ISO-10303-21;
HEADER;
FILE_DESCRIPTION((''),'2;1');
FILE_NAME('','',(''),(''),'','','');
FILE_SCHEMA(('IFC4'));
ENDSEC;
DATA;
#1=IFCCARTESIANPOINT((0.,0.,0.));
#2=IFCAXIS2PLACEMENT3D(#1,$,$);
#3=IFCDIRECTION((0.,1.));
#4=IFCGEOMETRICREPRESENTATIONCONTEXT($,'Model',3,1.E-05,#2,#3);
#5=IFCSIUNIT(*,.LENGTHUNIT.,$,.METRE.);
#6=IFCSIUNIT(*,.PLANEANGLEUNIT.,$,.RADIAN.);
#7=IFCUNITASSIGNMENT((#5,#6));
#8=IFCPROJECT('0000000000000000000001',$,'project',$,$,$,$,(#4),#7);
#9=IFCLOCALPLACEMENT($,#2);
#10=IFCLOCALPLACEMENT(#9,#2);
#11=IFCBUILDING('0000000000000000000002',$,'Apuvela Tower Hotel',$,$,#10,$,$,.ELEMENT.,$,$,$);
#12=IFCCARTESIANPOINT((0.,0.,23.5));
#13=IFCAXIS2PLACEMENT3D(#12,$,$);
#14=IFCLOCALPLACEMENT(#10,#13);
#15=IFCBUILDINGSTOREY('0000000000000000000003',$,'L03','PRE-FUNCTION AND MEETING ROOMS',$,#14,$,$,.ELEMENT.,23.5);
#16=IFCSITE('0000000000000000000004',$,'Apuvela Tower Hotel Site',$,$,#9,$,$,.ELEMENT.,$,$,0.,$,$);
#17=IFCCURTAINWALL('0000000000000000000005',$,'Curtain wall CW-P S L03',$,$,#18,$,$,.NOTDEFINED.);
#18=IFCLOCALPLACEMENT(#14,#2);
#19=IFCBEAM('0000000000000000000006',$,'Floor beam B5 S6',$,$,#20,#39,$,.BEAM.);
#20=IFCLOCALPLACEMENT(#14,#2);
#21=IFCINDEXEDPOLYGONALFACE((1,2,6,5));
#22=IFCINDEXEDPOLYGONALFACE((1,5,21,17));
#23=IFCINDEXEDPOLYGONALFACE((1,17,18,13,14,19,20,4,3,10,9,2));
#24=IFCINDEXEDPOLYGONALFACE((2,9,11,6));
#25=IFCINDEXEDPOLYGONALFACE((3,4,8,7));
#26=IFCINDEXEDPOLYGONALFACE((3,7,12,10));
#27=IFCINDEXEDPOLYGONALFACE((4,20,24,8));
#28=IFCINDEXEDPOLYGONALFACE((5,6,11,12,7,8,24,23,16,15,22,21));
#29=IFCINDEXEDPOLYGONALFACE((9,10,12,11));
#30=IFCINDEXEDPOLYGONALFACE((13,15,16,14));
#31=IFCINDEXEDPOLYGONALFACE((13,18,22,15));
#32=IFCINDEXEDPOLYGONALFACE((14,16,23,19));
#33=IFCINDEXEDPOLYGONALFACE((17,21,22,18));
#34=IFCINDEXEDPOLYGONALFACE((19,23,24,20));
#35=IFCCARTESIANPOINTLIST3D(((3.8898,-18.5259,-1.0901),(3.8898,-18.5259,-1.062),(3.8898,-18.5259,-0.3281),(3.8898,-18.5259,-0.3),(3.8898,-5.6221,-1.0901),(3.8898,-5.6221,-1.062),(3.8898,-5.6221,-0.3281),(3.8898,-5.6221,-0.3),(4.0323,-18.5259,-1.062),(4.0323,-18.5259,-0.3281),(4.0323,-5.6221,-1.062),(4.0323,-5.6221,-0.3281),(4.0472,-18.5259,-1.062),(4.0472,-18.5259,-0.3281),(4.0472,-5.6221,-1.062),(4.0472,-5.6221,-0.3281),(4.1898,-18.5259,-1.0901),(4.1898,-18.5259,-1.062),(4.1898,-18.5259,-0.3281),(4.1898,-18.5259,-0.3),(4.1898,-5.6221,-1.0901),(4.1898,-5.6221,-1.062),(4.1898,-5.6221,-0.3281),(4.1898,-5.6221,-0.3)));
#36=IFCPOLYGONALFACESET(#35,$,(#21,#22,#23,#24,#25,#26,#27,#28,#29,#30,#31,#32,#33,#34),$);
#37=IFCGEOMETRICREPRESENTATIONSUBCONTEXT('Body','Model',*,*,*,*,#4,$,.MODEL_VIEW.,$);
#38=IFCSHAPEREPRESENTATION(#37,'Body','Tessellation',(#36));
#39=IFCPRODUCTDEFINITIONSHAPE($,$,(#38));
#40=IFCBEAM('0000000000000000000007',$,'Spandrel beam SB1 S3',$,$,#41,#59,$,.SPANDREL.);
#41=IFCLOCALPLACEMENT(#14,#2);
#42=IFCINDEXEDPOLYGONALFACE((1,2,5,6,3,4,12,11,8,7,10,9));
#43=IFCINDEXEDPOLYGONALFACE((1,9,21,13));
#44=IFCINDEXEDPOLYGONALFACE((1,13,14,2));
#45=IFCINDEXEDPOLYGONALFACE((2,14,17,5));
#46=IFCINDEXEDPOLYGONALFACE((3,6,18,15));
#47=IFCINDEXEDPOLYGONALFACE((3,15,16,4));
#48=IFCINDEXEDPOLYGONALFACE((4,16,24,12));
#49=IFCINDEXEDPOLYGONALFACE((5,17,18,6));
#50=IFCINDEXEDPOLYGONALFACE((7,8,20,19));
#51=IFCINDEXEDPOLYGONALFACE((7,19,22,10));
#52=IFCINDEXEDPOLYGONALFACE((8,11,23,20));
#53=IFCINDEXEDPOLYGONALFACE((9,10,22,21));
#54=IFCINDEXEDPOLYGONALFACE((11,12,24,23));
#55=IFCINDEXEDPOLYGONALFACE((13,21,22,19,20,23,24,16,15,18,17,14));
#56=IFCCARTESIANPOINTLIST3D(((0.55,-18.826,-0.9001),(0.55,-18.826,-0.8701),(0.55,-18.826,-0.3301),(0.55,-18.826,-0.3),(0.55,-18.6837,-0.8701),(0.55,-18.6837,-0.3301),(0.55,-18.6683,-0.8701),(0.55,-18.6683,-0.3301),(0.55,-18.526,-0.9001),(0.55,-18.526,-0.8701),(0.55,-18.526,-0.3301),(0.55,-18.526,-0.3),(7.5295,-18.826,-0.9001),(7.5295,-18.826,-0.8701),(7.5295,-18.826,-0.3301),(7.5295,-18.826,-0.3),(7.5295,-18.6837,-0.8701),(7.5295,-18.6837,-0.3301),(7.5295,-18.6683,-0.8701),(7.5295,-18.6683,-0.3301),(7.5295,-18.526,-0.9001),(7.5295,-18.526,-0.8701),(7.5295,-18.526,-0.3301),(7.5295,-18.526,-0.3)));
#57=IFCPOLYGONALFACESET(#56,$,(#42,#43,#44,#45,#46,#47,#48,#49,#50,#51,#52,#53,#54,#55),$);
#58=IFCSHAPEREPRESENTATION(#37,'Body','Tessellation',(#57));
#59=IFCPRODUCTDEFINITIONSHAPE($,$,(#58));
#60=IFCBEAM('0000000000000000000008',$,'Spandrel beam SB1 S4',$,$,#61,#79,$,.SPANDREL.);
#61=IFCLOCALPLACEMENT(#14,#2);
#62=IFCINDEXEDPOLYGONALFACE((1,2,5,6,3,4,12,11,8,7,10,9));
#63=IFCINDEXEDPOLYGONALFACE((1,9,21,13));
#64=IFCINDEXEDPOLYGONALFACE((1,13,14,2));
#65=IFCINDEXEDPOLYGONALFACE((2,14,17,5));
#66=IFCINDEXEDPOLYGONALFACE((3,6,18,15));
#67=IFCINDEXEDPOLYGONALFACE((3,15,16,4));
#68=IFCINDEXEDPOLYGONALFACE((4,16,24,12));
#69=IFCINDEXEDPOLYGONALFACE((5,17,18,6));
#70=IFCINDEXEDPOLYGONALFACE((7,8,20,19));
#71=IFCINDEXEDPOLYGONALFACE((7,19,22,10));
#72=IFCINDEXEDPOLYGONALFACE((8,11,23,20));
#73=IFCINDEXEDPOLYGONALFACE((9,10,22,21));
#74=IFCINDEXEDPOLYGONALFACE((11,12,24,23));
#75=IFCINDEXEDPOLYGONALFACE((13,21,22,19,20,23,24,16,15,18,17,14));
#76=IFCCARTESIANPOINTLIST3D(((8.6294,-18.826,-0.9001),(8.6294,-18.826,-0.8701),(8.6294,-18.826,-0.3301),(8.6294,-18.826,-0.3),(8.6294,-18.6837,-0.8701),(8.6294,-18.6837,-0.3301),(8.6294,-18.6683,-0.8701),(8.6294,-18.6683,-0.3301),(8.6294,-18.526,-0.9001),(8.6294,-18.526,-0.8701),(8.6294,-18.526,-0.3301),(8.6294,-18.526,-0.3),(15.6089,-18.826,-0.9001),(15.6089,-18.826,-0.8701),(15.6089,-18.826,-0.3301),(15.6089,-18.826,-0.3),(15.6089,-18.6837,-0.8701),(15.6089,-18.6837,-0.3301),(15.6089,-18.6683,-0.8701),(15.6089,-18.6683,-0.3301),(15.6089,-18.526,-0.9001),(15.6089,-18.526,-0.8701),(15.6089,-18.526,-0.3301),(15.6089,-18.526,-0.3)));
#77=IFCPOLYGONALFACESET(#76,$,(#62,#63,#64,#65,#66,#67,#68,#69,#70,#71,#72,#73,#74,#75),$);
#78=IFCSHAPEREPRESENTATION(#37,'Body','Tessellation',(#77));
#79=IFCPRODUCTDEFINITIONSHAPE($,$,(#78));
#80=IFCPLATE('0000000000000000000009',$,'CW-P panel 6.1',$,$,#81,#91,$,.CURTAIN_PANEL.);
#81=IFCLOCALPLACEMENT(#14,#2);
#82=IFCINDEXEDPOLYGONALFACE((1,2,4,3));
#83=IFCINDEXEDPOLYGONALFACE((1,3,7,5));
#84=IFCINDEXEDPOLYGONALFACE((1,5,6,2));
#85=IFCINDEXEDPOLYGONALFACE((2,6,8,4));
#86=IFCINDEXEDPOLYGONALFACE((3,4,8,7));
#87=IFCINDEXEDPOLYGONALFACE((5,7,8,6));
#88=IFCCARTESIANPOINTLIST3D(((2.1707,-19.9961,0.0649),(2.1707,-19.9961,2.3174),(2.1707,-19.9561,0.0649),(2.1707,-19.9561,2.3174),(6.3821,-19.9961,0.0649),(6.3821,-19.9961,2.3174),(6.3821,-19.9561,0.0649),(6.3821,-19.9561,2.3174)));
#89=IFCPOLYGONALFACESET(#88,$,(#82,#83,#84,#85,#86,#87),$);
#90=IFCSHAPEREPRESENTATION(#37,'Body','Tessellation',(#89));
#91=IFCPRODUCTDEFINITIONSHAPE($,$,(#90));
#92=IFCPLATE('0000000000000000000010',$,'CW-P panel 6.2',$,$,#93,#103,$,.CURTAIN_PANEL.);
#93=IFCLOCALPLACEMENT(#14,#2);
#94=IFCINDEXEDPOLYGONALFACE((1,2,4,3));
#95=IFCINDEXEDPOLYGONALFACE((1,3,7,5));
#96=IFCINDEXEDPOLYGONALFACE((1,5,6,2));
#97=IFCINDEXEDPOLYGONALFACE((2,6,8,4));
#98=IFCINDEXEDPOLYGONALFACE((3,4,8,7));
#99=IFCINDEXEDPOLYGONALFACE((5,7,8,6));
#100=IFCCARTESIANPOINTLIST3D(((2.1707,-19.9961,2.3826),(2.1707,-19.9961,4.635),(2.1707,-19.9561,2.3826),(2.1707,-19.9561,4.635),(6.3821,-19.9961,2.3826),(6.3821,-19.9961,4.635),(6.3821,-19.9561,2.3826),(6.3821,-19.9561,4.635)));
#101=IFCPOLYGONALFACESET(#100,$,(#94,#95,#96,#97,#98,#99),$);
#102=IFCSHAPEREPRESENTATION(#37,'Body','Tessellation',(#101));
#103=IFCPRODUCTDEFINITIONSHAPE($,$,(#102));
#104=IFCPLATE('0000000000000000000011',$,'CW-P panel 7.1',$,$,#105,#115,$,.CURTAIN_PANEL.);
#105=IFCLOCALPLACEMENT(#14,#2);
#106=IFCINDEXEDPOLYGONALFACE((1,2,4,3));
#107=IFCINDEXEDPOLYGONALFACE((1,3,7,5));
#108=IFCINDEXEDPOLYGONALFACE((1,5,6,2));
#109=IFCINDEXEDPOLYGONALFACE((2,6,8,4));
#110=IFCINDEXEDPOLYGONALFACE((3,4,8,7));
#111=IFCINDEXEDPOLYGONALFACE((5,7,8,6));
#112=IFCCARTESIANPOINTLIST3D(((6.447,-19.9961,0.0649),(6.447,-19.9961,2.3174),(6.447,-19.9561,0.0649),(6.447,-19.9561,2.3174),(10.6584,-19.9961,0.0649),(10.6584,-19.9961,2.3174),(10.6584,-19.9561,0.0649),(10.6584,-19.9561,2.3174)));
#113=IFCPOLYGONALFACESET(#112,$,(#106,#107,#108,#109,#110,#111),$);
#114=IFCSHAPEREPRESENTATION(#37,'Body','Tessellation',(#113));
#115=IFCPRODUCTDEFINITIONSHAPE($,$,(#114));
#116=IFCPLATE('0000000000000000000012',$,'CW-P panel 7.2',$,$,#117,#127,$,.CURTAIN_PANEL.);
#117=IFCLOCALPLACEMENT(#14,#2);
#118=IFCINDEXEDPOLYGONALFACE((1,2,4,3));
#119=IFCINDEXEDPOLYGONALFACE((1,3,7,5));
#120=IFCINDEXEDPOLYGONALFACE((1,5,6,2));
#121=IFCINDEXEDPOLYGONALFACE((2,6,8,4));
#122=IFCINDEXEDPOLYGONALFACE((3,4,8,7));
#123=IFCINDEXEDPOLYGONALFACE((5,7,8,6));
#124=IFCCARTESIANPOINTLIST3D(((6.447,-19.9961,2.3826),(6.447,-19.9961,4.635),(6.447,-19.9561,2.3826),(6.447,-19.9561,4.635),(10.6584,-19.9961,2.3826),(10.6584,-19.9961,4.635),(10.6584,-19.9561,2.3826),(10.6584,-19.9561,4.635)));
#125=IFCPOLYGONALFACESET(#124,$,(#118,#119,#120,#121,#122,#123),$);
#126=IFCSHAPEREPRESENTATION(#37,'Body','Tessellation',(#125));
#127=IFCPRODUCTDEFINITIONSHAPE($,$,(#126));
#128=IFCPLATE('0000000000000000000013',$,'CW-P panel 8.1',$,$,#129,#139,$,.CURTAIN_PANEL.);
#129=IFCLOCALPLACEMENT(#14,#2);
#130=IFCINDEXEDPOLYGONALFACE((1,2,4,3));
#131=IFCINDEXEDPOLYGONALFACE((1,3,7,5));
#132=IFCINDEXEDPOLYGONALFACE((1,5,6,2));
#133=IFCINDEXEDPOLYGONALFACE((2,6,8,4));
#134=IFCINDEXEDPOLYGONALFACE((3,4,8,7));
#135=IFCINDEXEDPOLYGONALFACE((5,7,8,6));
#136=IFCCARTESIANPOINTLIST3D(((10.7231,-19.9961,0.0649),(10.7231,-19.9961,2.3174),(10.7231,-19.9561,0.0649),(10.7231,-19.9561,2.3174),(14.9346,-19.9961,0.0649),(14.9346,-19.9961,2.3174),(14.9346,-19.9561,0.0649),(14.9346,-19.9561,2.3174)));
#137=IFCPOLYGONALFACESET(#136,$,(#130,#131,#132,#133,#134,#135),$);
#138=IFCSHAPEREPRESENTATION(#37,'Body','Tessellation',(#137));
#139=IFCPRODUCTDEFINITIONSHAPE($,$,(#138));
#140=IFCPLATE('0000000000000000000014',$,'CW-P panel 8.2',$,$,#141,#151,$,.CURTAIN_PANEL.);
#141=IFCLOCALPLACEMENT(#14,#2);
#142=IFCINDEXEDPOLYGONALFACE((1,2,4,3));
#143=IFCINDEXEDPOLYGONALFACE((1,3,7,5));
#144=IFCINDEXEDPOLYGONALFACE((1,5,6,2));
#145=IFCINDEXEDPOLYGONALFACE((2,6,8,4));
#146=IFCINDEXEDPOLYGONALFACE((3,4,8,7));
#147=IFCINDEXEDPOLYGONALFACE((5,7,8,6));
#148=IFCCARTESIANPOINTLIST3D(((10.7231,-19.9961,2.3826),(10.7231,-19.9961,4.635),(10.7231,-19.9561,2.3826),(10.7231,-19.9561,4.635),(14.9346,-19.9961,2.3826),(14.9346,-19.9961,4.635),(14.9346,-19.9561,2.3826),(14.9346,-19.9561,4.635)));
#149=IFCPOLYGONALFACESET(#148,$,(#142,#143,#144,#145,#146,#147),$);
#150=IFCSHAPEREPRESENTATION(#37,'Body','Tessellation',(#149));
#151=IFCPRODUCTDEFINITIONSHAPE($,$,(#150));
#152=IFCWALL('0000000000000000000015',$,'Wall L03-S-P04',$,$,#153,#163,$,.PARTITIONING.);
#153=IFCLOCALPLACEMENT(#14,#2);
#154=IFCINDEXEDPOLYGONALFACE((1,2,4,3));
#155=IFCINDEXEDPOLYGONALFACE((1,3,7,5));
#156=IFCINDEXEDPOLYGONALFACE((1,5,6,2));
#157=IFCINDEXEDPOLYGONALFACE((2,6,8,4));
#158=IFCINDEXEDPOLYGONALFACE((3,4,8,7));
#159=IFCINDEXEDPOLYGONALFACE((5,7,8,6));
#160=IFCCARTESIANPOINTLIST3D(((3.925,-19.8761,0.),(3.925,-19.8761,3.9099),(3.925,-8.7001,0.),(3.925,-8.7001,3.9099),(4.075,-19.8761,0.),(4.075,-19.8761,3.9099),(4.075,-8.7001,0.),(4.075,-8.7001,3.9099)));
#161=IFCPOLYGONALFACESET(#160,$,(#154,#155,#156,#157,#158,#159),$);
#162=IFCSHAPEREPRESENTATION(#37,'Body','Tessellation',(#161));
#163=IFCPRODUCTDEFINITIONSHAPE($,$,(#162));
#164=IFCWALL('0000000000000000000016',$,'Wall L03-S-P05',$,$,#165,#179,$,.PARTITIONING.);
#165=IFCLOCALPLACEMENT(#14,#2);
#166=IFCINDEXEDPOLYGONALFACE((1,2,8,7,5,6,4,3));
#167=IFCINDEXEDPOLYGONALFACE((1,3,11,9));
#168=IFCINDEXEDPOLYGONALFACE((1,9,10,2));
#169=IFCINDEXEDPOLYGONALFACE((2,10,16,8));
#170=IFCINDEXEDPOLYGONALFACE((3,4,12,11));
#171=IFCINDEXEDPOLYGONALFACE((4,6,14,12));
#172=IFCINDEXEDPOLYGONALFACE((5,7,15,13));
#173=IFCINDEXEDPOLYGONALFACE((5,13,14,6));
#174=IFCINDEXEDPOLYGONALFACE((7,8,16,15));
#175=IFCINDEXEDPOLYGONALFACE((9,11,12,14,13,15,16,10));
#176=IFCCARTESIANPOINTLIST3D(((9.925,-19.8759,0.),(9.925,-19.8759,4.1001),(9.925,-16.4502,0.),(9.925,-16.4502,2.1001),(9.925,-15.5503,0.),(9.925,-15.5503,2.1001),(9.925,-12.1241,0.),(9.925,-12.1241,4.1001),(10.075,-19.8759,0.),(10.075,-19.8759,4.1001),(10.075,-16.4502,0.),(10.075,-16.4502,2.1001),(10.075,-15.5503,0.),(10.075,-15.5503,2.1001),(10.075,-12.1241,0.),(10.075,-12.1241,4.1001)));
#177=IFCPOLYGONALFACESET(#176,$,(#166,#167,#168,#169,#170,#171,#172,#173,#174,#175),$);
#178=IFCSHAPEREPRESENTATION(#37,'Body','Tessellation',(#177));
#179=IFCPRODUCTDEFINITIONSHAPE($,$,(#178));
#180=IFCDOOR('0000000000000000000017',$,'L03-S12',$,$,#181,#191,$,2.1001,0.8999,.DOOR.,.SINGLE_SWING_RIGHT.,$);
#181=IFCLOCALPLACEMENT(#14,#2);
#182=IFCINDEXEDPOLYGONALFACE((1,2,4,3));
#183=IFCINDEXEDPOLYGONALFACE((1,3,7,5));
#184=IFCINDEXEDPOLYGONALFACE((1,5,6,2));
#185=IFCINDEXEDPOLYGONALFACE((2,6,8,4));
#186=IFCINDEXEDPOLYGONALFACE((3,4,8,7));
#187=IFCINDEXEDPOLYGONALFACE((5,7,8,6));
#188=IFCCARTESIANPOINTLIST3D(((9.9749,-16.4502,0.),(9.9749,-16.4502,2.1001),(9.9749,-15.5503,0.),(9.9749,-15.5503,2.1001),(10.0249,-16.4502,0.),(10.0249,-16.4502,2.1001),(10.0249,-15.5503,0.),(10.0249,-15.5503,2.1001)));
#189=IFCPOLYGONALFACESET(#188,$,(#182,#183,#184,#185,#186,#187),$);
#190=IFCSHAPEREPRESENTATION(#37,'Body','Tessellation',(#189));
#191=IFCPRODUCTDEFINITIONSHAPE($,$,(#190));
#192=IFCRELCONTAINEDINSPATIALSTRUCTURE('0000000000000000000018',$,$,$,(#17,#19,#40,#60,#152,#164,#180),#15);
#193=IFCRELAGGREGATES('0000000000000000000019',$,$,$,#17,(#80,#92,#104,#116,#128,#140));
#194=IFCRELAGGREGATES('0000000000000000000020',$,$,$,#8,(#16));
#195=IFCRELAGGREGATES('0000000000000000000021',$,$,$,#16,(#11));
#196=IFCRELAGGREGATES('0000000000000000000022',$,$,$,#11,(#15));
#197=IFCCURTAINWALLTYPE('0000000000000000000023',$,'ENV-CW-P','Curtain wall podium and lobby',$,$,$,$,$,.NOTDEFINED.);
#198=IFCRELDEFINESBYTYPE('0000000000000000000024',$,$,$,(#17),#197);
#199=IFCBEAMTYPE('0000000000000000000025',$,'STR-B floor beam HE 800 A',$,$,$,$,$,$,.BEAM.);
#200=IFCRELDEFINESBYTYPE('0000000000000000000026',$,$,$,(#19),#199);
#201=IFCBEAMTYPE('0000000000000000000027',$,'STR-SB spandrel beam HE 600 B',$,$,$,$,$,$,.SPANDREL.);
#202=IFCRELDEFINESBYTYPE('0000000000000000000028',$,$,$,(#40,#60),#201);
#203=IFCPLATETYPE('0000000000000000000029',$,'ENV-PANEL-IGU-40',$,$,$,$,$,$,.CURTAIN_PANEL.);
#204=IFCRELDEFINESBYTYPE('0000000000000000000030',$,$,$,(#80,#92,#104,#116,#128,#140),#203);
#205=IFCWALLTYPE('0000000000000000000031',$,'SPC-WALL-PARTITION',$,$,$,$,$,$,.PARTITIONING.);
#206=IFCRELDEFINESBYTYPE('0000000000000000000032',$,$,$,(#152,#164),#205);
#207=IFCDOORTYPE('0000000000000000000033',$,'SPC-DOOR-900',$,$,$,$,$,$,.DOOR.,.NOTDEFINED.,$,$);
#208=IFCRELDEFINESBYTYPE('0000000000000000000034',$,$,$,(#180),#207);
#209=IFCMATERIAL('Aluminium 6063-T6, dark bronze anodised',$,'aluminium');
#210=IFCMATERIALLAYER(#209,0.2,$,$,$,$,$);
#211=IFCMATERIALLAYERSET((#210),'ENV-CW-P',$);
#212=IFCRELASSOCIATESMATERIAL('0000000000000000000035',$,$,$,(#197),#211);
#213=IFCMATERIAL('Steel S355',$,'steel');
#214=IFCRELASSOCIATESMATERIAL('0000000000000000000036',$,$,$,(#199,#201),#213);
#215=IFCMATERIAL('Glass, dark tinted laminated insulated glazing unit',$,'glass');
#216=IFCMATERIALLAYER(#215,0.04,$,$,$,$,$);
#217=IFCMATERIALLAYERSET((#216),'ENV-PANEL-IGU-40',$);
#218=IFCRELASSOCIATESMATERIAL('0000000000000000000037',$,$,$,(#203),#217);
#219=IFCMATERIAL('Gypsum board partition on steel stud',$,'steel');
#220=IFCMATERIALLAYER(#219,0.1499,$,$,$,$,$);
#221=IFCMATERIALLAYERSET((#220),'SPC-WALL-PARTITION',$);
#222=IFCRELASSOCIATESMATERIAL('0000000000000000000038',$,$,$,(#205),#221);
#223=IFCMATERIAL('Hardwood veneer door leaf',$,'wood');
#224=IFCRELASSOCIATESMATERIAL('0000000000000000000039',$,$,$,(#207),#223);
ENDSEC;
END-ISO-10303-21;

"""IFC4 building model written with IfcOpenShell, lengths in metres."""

from ifc_helpers import new_model, si_unit, direction, frame, frame_2d, origin, origin_2d, place, context, subcontext, project, spatial, rectangle, i_section, extrude, material, layer, layer_set, material_profile, profile_set, type_object, element, fill, aggregate, save


model = new_model("IFC4")

# Units and contexts
model_context = context("Model", 3, precision=1e-05, world=origin(), true_north=direction((0.0, 1.0)))
body_context = subcontext(model_context, "Body", "Model", "MODEL_VIEW")
ifc_project = project(units=[si_unit("LENGTHUNIT", "METRE"), si_unit("PLANEANGLEUNIT", "RADIAN")], contexts=[model_context])

# Site, building, storey
site_placement = place(None, origin())
site = spatial("IfcSite", under=ifc_project, at=site_placement, Name="Apuvela Tower Hotel Site", CompositionType="ELEMENT", RefElevation=0.0)
building_placement = place(site_placement, origin())
building = spatial("IfcBuilding", under=site, at=building_placement, Name="Apuvela Tower Hotel", CompositionType="ELEMENT")
storey_placement = place(building_placement, frame((0.0, 0.0, 23.5)))
storey = spatial("IfcBuildingStorey", under=building, at=storey_placement, Name="L03", Description="PRE-FUNCTION AND MEETING ROOMS", CompositionType="ELEMENT", Elevation=23.5)

# Curtain wall
ifc_material_1 = material(Name="Aluminium 6063-T6, dark bronze anodised", Category="aluminium")
ifc_layer_1 = layer(ifc_material_1, 0.2)
ifc_layer_set_1 = layer_set([ifc_layer_1], Name="ENV-CW-P")
curtain_wall_type = type_object("IfcCurtainWallType", Name="ENV-CW-P", Description="Curtain wall podium and lobby", PredefinedType="NOTDEFINED", material=ifc_layer_set_1)
curtain_wall_placement = place(storey_placement, origin())
curtain_wall = element("IfcCurtainWall", 1, at=curtain_wall_placement, inside=storey, type_object=curtain_wall_type, Name="Curtain wall CW-P S L03", PredefinedType="NOTDEFINED")

# Beams
ifc_material_2 = material(Name="Steel S355", Category="steel")
ifc_material_profile_1 = material_profile(ifc_material_2, i_section(OverallWidth=0.3, OverallDepth=0.79, WebThickness=0.0149, FlangeThickness=0.0281, at=origin_2d()), Name="HE 800 A")
ifc_profile_set_1 = profile_set([ifc_material_profile_1], Name="Steel S355")
beam_type_1 = type_object("IfcBeamType", Name="STR-B floor beam HE 800 A", PredefinedType="BEAM", material=ifc_profile_set_1)
beam_placement = place(storey_placement, frame((4.0398, -18.5259, -0.6951), z_axis=(0.0, 1.0, 0.0), x_axis=(-1.0, 0.0, 0.0)))
element("IfcBeam", 2, at=beam_placement, inside=storey, type_object=beam_type_1, Name="Floor beam B5 S6", PredefinedType="BEAM", context=body_context, shape_type="SweptSolid", body=[
    extrude(i_section(OverallWidth=0.3, OverallDepth=0.79, WebThickness=0.0149, FlangeThickness=0.0281, at=origin_2d()), origin(), (0.0, 0.0, 1.0), 12.9038),
])
ifc_material_profile_2 = material_profile(ifc_material_2, i_section(OverallWidth=0.3, OverallDepth=0.6001, WebThickness=0.0154, FlangeThickness=0.03, at=origin_2d()), Name="HE 600 B")
ifc_profile_set_2 = profile_set([ifc_material_profile_2], Name="Steel S355")
beam_type_2 = type_object("IfcBeamType", Name="STR-SB spandrel beam HE 600 B", PredefinedType="SPANDREL", material=ifc_profile_set_2)
for number, where, z_axis, x_axis, name in (
    (3, (0.55, -18.676, -0.6001), (1.0, 0.0, 0.0), (0.0, 1.0, 0.0), "Spandrel beam SB1 S3"),
    (4, (8.6294, -18.676, -0.6001), (1.0, 0.0, 0.0), (0.0, 1.0, 0.0), "Spandrel beam SB1 S4"),
):
    element("IfcBeam", number, at=place(storey_placement, frame(where, z_axis=z_axis, x_axis=x_axis)), inside=storey, type_object=beam_type_2, Name=name, PredefinedType="SPANDREL", context=body_context, shape_type="SweptSolid", body=[
        extrude(i_section(OverallWidth=0.3, OverallDepth=0.6001, WebThickness=0.0154, FlangeThickness=0.03, at=origin_2d()), origin(), (0.0, 0.0, 1.0), 6.9795),
    ])

# Plates
ifc_material_3 = material(Name="Glass, dark tinted laminated insulated glazing unit", Category="glass")
ifc_layer_2 = layer(ifc_material_3, 0.04)
ifc_layer_set_2 = layer_set([ifc_layer_2], Name="ENV-PANEL-IGU-40")
plate_type = type_object("IfcPlateType", Name="ENV-PANEL-IGU-40", PredefinedType="CURTAIN_PANEL", material=ifc_layer_set_2)
plate_1_placement = place(storey_placement, frame((4.2764, -19.9761, 0.0649), z_axis=(0.0, 0.0, 1.0), x_axis=(1.0, 0.0, 0.0)))
plate_1 = element("IfcPlate", 5, at=plate_1_placement, type_object=plate_type, Name="CW-P panel 6.1", PredefinedType="CURTAIN_PANEL", context=body_context, shape_type="SweptSolid", body=[
    extrude(rectangle(XDim=4.2114, YDim=0.04, at=origin_2d()), origin(), (0.0, 0.0, 1.0), 2.2524),
])
plate_2_placement = place(storey_placement, frame((4.2764, -19.9761, 2.3826), z_axis=(0.0, 0.0, 1.0), x_axis=(1.0, 0.0, 0.0)))
plate_2 = element("IfcPlate", 6, at=plate_2_placement, type_object=plate_type, Name="CW-P panel 6.2", PredefinedType="CURTAIN_PANEL", context=body_context, shape_type="SweptSolid", body=[
    extrude(rectangle(XDim=4.2114, YDim=0.04, at=origin_2d()), origin(), (0.0, 0.0, 1.0), 2.2524),
])
plate_3_placement = place(storey_placement, frame((8.5527, -19.9761, 0.0649), z_axis=(0.0, 0.0, 1.0), x_axis=(1.0, 0.0, 0.0)))
plate_3 = element("IfcPlate", 7, at=plate_3_placement, type_object=plate_type, Name="CW-P panel 7.1", PredefinedType="CURTAIN_PANEL", context=body_context, shape_type="SweptSolid", body=[
    extrude(rectangle(XDim=4.2114, YDim=0.04, at=origin_2d()), origin(), (0.0, 0.0, 1.0), 2.2524),
])
plate_4_placement = place(storey_placement, frame((8.5527, -19.9761, 2.3826), z_axis=(0.0, 0.0, 1.0), x_axis=(1.0, 0.0, 0.0)))
plate_4 = element("IfcPlate", 8, at=plate_4_placement, type_object=plate_type, Name="CW-P panel 7.2", PredefinedType="CURTAIN_PANEL", context=body_context, shape_type="SweptSolid", body=[
    extrude(rectangle(XDim=4.2114, YDim=0.04, at=origin_2d()), origin(), (0.0, 0.0, 1.0), 2.2524),
])
plate_5_placement = place(storey_placement, frame((12.8289, -19.9761, 0.0649), z_axis=(0.0, 0.0, 1.0), x_axis=(1.0, 0.0, 0.0)))
plate_5 = element("IfcPlate", 9, at=plate_5_placement, type_object=plate_type, Name="CW-P panel 8.1", PredefinedType="CURTAIN_PANEL", context=body_context, shape_type="SweptSolid", body=[
    extrude(rectangle(XDim=4.2114, YDim=0.04, at=origin_2d()), origin(), (0.0, 0.0, 1.0), 2.2524),
])
plate_6_placement = place(storey_placement, frame((12.8289, -19.9761, 2.3826), z_axis=(0.0, 0.0, 1.0), x_axis=(1.0, 0.0, 0.0)))
plate_6 = element("IfcPlate", 10, at=plate_6_placement, type_object=plate_type, Name="CW-P panel 8.2", PredefinedType="CURTAIN_PANEL", context=body_context, shape_type="SweptSolid", body=[
    extrude(rectangle(XDim=4.2114, YDim=0.04, at=origin_2d()), origin(), (0.0, 0.0, 1.0), 2.2524),
])
aggregate(curtain_wall, [plate_1, plate_2, plate_3, plate_4, plate_5, plate_6])

# Wall
ifc_material_4 = material(Name="Gypsum board partition on steel stud", Category="steel")
ifc_layer_3 = layer(ifc_material_4, 0.1499)
ifc_layer_set_3 = layer_set([ifc_layer_3], Name="SPC-WALL-PARTITION")
wall_type = type_object("IfcWallType", Name="SPC-WALL-PARTITION", PredefinedType="PARTITIONING", material=ifc_layer_set_3)
wall_1_placement = place(storey_placement, frame((4.0, -19.876, 0.0), z_axis=(0.0, 0.0, 1.0), x_axis=(0.0, 1.0, 0.0)))
element("IfcWall", 11, at=wall_1_placement, inside=storey, type_object=wall_type, Name="Wall L03-S-P04", PredefinedType="PARTITIONING", context=body_context, shape_type="SweptSolid", body=[
    extrude(rectangle(XDim=11.176, YDim=0.1499, at=frame_2d((5.5879, 0.0))), origin(), (0.0, 0.0, 1.0), 3.9099),
])

# Wall, opening, door
wall_2_placement = place(storey_placement, frame((10.0, -19.876, 0.0), z_axis=(0.0, 0.0, 1.0), x_axis=(0.0, 1.0, 0.0)))
wall_2 = element("IfcWall", 12, at=wall_2_placement, inside=storey, type_object=wall_type, Name="Wall L03-S-P05", PredefinedType="PARTITIONING", context=body_context, shape_type="SweptSolid", body=[
    extrude(rectangle(XDim=7.7517, YDim=0.1499, at=frame_2d((3.876, 0.0))), origin(), (0.0, 0.0, 1.0), 4.1001),
])
opening_placement = place(wall_2_placement, frame((3.4258, 0.0, 0.0)))
opening = element("IfcOpeningElement", 13, at=opening_placement, cuts=wall_2, PredefinedType="OPENING", context=body_context, shape_type="SweptSolid", body=[
    extrude(rectangle(XDim=0.8999, YDim=2.1001, at=frame_2d((0.45, 1.05))), frame((0.0, 0.085, 0.0), z_axis=(0.0, -1.0, 0.0), x_axis=(1.0, 0.0, 0.0)), (0.0, 0.0, 1.0), 0.1699),
])
ifc_material_5 = material(Name="Hardwood veneer door leaf", Category="wood")
door_type = type_object("IfcDoorType", Name="SPC-DOOR-900", OperationType="NOTDEFINED", PredefinedType="DOOR", material=ifc_material_5)
door_placement = place(opening_placement, frame((0.8999, 0.0, 0.0), z_axis=(0.0, 0.0, 1.0), x_axis=(-1.0, 0.0, 0.0)))
door = element("IfcDoor", 14, at=door_placement, inside=storey, type_object=door_type, Name="L03-S12", OperationType="SINGLE_SWING_RIGHT", OverallHeight=2.1001, OverallWidth=0.8999, PredefinedType="DOOR", context=body_context, shape_type="SweptSolid", body=[
    extrude(rectangle(XDim=0.8999, YDim=2.1001, at=frame_2d((0.45, 1.05))), frame((0.0, 0.0249, 0.0), z_axis=(0.0, -1.0, 0.0), x_axis=(1.0, 0.0, 0.0)), (0.0, 0.0, 1.0), 0.05),
])
fill(opening, door)

save(model, "model.ifc")
